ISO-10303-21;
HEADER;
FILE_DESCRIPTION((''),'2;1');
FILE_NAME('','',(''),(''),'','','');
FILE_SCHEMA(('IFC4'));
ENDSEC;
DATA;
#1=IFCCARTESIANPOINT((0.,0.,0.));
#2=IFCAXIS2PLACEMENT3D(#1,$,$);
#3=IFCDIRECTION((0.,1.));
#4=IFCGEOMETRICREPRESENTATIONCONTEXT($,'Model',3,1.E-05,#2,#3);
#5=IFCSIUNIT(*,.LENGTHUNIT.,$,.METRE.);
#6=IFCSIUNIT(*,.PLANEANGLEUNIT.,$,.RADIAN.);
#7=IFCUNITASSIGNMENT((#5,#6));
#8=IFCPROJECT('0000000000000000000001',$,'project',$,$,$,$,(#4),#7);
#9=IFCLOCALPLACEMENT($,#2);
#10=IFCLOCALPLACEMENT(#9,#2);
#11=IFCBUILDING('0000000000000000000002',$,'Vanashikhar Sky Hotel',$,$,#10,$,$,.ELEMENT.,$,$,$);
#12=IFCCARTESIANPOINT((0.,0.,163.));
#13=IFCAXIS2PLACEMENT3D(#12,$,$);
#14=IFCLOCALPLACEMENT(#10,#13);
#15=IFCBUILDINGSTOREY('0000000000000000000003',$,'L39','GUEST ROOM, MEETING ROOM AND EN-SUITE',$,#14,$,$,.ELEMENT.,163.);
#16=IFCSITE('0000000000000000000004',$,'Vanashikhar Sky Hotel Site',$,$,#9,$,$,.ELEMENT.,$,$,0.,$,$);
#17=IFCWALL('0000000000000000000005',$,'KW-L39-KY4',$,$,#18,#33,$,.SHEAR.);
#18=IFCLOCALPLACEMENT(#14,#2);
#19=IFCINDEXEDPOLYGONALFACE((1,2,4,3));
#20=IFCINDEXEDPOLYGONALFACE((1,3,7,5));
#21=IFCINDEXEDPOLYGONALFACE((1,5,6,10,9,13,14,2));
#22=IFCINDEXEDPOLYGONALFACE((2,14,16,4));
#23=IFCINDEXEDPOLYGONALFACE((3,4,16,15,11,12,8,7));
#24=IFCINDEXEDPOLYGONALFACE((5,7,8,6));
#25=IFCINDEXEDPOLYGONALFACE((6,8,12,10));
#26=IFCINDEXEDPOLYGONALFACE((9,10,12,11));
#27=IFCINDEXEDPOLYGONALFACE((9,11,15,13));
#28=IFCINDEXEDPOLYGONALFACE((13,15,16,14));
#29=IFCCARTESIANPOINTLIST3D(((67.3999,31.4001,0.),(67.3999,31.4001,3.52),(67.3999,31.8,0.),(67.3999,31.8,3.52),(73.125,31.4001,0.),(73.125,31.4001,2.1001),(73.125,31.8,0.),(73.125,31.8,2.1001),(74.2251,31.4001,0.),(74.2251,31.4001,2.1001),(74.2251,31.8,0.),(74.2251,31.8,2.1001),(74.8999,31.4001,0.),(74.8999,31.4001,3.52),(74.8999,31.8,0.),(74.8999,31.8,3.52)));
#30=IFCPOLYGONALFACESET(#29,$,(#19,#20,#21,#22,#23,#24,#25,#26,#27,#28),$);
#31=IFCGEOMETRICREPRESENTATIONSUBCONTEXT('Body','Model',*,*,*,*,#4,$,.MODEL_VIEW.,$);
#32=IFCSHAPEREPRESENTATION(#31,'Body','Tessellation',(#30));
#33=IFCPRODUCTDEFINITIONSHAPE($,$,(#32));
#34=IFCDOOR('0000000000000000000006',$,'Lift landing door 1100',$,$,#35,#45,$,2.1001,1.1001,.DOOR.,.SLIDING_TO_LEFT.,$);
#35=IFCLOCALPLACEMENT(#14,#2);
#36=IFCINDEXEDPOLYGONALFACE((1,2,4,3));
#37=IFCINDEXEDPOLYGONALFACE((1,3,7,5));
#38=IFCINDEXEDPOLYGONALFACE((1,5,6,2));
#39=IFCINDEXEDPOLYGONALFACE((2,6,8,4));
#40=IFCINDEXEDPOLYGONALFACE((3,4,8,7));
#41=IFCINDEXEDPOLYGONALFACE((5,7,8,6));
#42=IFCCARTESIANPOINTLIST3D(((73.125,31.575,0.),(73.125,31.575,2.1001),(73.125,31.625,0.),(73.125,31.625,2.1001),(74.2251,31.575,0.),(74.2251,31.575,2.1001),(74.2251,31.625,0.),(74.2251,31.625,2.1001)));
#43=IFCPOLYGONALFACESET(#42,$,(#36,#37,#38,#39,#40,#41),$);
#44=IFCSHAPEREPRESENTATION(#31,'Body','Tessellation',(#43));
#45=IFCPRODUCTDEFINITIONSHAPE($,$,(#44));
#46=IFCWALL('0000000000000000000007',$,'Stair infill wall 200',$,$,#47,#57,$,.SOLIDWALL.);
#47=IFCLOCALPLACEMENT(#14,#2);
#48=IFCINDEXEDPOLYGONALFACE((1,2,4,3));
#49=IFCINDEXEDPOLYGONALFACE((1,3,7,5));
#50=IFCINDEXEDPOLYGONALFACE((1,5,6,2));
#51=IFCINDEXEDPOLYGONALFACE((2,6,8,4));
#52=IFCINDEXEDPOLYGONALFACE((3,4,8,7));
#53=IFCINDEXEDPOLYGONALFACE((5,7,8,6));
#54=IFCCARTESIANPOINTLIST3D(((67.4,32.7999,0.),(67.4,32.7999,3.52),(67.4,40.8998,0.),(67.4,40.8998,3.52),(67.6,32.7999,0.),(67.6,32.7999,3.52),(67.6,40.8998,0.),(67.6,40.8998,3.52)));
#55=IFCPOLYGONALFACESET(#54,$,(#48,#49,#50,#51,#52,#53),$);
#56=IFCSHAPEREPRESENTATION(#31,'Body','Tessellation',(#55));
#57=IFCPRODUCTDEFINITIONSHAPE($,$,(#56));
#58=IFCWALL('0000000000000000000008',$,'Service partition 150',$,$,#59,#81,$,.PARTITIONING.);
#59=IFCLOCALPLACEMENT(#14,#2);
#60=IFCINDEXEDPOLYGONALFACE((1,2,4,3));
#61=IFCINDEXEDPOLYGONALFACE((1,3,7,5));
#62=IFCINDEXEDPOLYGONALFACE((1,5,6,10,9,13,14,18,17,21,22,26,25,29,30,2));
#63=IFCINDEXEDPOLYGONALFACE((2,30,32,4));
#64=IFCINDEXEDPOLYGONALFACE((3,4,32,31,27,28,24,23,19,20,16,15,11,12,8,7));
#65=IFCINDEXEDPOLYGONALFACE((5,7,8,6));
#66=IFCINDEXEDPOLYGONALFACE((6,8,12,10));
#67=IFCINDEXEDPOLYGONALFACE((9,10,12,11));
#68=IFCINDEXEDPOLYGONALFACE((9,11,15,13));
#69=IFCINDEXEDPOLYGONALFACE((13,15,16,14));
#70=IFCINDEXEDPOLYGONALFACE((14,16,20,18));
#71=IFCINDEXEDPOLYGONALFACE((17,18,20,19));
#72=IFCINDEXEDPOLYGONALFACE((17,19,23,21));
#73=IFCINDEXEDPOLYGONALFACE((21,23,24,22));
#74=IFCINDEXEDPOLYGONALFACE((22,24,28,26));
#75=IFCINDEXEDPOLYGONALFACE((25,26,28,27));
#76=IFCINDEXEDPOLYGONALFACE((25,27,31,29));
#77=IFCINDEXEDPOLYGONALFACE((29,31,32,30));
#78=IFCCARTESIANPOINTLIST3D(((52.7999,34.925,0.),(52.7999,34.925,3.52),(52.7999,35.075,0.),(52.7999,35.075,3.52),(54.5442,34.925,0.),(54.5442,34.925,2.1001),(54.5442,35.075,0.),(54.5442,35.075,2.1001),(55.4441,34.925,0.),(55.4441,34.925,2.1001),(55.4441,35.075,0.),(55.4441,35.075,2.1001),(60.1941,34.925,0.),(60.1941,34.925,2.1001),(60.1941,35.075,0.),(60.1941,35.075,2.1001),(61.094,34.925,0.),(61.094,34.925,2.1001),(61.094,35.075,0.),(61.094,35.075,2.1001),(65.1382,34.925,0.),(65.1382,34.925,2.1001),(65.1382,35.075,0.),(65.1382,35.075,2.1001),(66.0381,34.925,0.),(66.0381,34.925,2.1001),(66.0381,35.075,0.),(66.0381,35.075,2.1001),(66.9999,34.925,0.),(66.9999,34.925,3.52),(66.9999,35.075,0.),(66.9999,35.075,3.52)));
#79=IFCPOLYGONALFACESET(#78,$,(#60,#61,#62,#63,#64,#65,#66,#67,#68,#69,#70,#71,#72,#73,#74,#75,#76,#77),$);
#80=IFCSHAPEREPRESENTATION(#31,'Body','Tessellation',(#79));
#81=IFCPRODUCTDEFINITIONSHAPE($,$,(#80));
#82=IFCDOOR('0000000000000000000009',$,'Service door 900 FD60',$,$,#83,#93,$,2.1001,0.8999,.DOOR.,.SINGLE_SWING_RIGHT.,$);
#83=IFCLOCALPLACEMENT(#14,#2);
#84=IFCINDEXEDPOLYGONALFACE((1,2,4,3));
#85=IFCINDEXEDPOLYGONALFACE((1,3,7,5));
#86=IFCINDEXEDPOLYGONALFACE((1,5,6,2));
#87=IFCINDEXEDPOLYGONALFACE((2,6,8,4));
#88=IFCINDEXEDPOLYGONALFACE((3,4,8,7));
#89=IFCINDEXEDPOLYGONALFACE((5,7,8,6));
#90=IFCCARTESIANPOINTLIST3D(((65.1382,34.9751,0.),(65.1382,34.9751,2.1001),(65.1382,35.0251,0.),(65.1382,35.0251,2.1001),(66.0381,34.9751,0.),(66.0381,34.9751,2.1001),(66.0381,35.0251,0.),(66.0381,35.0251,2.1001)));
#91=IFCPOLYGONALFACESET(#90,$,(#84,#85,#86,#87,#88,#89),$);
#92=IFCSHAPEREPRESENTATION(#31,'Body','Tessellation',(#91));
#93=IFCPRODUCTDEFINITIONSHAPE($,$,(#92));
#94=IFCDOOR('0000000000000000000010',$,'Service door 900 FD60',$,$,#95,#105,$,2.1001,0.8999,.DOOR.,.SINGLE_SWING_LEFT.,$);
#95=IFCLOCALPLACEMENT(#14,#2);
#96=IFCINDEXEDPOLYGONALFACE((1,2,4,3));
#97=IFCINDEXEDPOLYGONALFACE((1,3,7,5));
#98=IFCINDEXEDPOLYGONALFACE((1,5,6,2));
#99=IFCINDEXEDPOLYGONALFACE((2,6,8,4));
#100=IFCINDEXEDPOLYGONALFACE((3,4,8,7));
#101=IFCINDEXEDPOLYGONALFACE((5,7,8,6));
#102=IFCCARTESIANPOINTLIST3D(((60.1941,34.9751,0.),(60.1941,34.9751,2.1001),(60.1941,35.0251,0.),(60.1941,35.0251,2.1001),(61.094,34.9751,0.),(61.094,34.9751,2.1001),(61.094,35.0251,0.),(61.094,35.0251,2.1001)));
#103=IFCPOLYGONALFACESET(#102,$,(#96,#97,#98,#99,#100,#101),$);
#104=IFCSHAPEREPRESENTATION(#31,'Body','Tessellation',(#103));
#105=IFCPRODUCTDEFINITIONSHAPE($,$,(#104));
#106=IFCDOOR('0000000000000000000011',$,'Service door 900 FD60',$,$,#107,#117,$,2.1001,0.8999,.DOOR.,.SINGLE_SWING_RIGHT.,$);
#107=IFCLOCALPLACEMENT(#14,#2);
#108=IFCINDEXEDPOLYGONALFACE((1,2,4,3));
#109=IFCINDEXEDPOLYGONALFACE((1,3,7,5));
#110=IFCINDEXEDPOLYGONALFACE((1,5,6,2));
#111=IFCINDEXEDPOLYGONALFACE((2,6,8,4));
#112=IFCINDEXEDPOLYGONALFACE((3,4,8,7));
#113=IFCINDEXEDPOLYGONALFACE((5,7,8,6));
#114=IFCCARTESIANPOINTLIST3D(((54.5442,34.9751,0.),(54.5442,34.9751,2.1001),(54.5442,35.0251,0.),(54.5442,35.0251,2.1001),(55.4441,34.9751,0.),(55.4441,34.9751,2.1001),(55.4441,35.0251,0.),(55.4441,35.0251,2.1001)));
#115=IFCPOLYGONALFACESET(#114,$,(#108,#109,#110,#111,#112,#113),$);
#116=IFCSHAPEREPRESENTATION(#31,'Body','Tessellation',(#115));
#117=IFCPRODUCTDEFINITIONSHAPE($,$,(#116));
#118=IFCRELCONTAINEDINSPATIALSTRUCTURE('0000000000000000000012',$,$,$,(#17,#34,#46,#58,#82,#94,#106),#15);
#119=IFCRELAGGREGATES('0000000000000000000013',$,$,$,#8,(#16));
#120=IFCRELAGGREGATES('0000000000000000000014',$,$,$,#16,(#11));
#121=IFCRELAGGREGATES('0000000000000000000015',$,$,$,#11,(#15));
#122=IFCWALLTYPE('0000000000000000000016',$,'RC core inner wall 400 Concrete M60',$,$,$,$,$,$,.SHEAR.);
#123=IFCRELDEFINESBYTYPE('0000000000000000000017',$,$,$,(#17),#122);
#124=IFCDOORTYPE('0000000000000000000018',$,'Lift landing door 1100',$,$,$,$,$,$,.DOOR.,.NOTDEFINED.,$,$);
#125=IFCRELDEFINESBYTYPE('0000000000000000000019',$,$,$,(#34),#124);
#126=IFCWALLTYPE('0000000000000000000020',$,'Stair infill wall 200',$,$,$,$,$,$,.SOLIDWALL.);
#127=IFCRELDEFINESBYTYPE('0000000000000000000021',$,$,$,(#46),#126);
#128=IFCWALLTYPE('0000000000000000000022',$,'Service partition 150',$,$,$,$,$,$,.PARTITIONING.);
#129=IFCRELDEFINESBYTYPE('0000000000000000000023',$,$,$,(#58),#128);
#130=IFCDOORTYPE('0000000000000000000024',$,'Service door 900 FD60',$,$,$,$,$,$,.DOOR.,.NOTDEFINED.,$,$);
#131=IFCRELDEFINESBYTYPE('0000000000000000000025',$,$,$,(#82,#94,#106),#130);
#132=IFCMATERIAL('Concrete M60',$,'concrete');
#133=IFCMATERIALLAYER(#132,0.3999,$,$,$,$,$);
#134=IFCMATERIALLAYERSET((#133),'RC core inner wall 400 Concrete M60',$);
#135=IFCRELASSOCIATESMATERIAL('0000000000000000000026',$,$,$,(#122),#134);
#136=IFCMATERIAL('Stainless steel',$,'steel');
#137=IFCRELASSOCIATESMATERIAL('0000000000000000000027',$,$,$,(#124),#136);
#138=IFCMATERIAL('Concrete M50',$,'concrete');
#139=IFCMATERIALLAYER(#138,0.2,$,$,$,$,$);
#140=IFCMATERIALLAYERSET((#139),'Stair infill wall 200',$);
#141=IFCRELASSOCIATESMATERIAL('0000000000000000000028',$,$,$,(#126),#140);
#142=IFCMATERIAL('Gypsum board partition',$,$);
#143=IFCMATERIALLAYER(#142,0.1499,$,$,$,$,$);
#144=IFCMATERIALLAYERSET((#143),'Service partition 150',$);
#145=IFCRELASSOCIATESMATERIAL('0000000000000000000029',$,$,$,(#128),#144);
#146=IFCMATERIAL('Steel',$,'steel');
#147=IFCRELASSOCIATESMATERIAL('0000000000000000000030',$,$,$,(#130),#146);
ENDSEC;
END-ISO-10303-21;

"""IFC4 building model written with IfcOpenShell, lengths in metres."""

from ifc_helpers import new_model, si_unit, direction, frame, frame_2d, origin, place, context, subcontext, project, spatial, rectangle, extrude, source, transform, mapped, material, layer, layer_set, type_object, element, fill, save


model = new_model("IFC4")

# Units and contexts
model_context = context("Model", 3, precision=1e-05, world=origin(), true_north=direction((0.0, 1.0)))
body_context = subcontext(model_context, "Body", "Model", "MODEL_VIEW")
ifc_project = project(units=[si_unit("LENGTHUNIT", "METRE"), si_unit("PLANEANGLEUNIT", "RADIAN")], contexts=[model_context])

# Site, building, storey
site_placement = place(None, origin())
site = spatial("IfcSite", under=ifc_project, at=site_placement, Name="Vanashikhar Sky Hotel Site", CompositionType="ELEMENT", RefElevation=0.0)
building_placement = place(site_placement, origin())
building = spatial("IfcBuilding", under=site, at=building_placement, Name="Vanashikhar Sky Hotel", CompositionType="ELEMENT")
storey_placement = place(building_placement, frame((0.0, 0.0, 163.0)))
storey = spatial("IfcBuildingStorey", under=building, at=storey_placement, Name="L39", Description="GUEST ROOM, MEETING ROOM AND EN-SUITE", CompositionType="ELEMENT", Elevation=163.0)

# Wall, opening, door
ifc_material_1 = material(Name="Concrete M60", Category="concrete")
ifc_layer_1 = layer(ifc_material_1, 0.3999)
ifc_layer_set_1 = layer_set([ifc_layer_1], Name="RC core inner wall 400 Concrete M60")
wall_type_1 = type_object("IfcWallType", Name="RC core inner wall 400 Concrete M60", PredefinedType="SHEAR", material=ifc_layer_set_1)
shared_shape_1 = source(origin(), body_context, "Body", "SweptSolid", [
    extrude(rectangle(XDim=7.5, YDim=0.3999, at=frame_2d((3.75, 0.0))), origin(), (0.0, 0.0, 1.0), 3.52),
])
wall_1_placement = place(storey_placement, frame((67.3999, 31.6001, 0.0), z_axis=(0.0, 0.0, 1.0), x_axis=(1.0, 0.0, 0.0)))
wall_1 = element("IfcWall", 1, at=wall_1_placement, inside=storey, type_object=wall_type_1, Name="KW-L39-KY4", PredefinedType="SHEAR", context=body_context, shape_type="MappedRepresentation", body=[
    mapped(shared_shape_1, transform((0.0, 0.0, 0.0), scale=1.0)),
])
shared_shape_2 = source(origin(), body_context, "Body", "SweptSolid", [
    extrude(rectangle(XDim=1.1001, YDim=2.1001, at=frame_2d((0.55, 1.05))), frame((0.0, 0.21, 0.0), z_axis=(0.0, -1.0, 0.0), x_axis=(1.0, 0.0, 0.0)), (0.0, 0.0, 1.0), 0.4199),
])
opening_1_placement = place(wall_1_placement, frame((5.7251, 0.0, 0.0)))
opening_1 = element("IfcOpeningElement", 2, at=opening_1_placement, cuts=wall_1, PredefinedType="OPENING", context=body_context, shape_type="MappedRepresentation", body=[
    mapped(shared_shape_2, transform((0.0, 0.0, 0.0), scale=1.0)),
])
ifc_material_2 = material(Name="Stainless steel", Category="steel")
door_type_1 = type_object("IfcDoorType", Name="Lift landing door 1100", OperationType="NOTDEFINED", PredefinedType="DOOR", material=ifc_material_2)
shared_shape_3 = source(origin(), body_context, "Body", "SweptSolid", [
    extrude(rectangle(XDim=1.1001, YDim=2.1001, at=frame_2d((0.55, 1.05))), frame((0.0, 0.0249, 0.0), z_axis=(0.0, -1.0, 0.0), x_axis=(1.0, 0.0, 0.0)), (0.0, 0.0, 1.0), 0.05),
])
door_1_placement = place(opening_1_placement, origin())
door_1 = element("IfcDoor", 3, at=door_1_placement, inside=storey, type_object=door_type_1, Name="Lift landing door 1100", OperationType="SLIDING_TO_LEFT", OverallHeight=2.1001, OverallWidth=1.1001, PredefinedType="DOOR", context=body_context, shape_type="MappedRepresentation", body=[
    mapped(shared_shape_3, transform((0.0, 0.0, 0.0), scale=1.0)),
])
fill(opening_1, door_1)

# Wall
ifc_material_3 = material(Name="Concrete M50", Category="concrete")
ifc_layer_2 = layer(ifc_material_3, 0.2)
ifc_layer_set_2 = layer_set([ifc_layer_2], Name="Stair infill wall 200")
wall_type_2 = type_object("IfcWallType", Name="Stair infill wall 200", PredefinedType="SOLIDWALL", material=ifc_layer_set_2)
shared_shape_4 = source(origin(), body_context, "Body", "SweptSolid", [
    extrude(rectangle(XDim=8.0999, YDim=0.2, at=frame_2d((4.0498, 0.0))), origin(), (0.0, 0.0, 1.0), 3.52),
])
wall_2_placement = place(storey_placement, frame((67.5, 32.8, 0.0), z_axis=(0.0, 0.0, 1.0), x_axis=(0.0, 1.0, 0.0)))
element("IfcWall", 4, at=wall_2_placement, inside=storey, type_object=wall_type_2, Name="Stair infill wall 200", PredefinedType="SOLIDWALL", context=body_context, shape_type="MappedRepresentation", body=[
    mapped(shared_shape_4, transform((0.0, 0.0, 0.0), scale=1.0)),
])

# Wall, openings, doors
ifc_material_4 = material(Name="Gypsum board partition")
ifc_layer_3 = layer(ifc_material_4, 0.1499)
ifc_layer_set_3 = layer_set([ifc_layer_3], Name="Service partition 150")
wall_type_3 = type_object("IfcWallType", Name="Service partition 150", PredefinedType="PARTITIONING", material=ifc_layer_set_3)
shared_shape_5 = source(origin(), body_context, "Body", "SweptSolid", [
    extrude(rectangle(XDim=14.2, YDim=0.1499, at=frame_2d((7.1001, 0.0))), origin(), (0.0, 0.0, 1.0), 3.52),
])
wall_3_placement = place(storey_placement, frame((67.0, 35.0, 0.0), z_axis=(0.0, 0.0, 1.0), x_axis=(-1.0, 0.0, 0.0)))
wall_3 = element("IfcWall", 5, at=wall_3_placement, inside=storey, type_object=wall_type_3, Name="Service partition 150", PredefinedType="PARTITIONING", context=body_context, shape_type="MappedRepresentation", body=[
    mapped(shared_shape_5, transform((0.0, 0.0, 0.0), scale=1.0)),
])
shared_shape_6 = source(origin(), body_context, "Body", "SweptSolid", [
    extrude(rectangle(XDim=0.8999, YDim=2.1001, at=frame_2d((0.45, 1.05))), frame((0.0, 0.085, 0.0), z_axis=(0.0, -1.0, 0.0), x_axis=(1.0, 0.0, 0.0)), (0.0, 0.0, 1.0), 0.1699),
])
opening_2_placement = place(wall_3_placement, frame((0.9619, 0.0, 0.0)))
opening_2 = element("IfcOpeningElement", 6, at=opening_2_placement, cuts=wall_3, PredefinedType="OPENING", context=body_context, shape_type="MappedRepresentation", body=[
    mapped(shared_shape_6, transform((0.0, 0.0, 0.0), scale=1.0)),
])
opening_3_placement = place(wall_3_placement, frame((5.906, 0.0, 0.0)))
opening_3 = element("IfcOpeningElement", 7, at=opening_3_placement, cuts=wall_3, PredefinedType="OPENING", context=body_context, shape_type="MappedRepresentation", body=[
    mapped(shared_shape_6, transform((0.0, 0.0, 0.0), scale=1.0)),
])
opening_4_placement = place(wall_3_placement, frame((11.5559, 0.0, 0.0)))
opening_4 = element("IfcOpeningElement", 8, at=opening_4_placement, cuts=wall_3, PredefinedType="OPENING", context=body_context, shape_type="MappedRepresentation", body=[
    mapped(shared_shape_6, transform((0.0, 0.0, 0.0), scale=1.0)),
])
ifc_material_5 = material(Name="Steel", Category="steel")
door_type_2 = type_object("IfcDoorType", Name="Service door 900 FD60", OperationType="NOTDEFINED", PredefinedType="DOOR", material=ifc_material_5)
shared_shape_7 = source(origin(), body_context, "Body", "SweptSolid", [
    extrude(rectangle(XDim=0.8999, YDim=2.1001, at=frame_2d((0.45, 1.05))), frame((0.0, 0.0249, 0.0), z_axis=(0.0, -1.0, 0.0), x_axis=(1.0, 0.0, 0.0)), (0.0, 0.0, 1.0), 0.05),
])
door_2_placement = place(opening_2_placement, origin())
door_2 = element("IfcDoor", 9, at=door_2_placement, inside=storey, type_object=door_type_2, Name="Service door 900 FD60", OperationType="SINGLE_SWING_RIGHT", OverallHeight=2.1001, OverallWidth=0.8999, PredefinedType="DOOR", context=body_context, shape_type="MappedRepresentation", body=[
    mapped(shared_shape_7, transform((0.0, 0.0, 0.0), scale=1.0)),
])
fill(opening_2, door_2)
door_3_placement = place(opening_3_placement, origin())
door_3 = element("IfcDoor", 10, at=door_3_placement, inside=storey, type_object=door_type_2, Name="Service door 900 FD60", OperationType="SINGLE_SWING_LEFT", OverallHeight=2.1001, OverallWidth=0.8999, PredefinedType="DOOR", context=body_context, shape_type="MappedRepresentation", body=[
    mapped(shared_shape_7, transform((0.0, 0.0, 0.0), scale=1.0)),
])
fill(opening_3, door_3)
door_4_placement = place(opening_4_placement, origin())
door_4 = element("IfcDoor", 11, at=door_4_placement, inside=storey, type_object=door_type_2, Name="Service door 900 FD60", OperationType="SINGLE_SWING_RIGHT", OverallHeight=2.1001, OverallWidth=0.8999, PredefinedType="DOOR", context=body_context, shape_type="MappedRepresentation", body=[
    mapped(shared_shape_7, transform((0.0, 0.0, 0.0), scale=1.0)),
])
fill(opening_4, door_4)

save(model, "model.ifc")
